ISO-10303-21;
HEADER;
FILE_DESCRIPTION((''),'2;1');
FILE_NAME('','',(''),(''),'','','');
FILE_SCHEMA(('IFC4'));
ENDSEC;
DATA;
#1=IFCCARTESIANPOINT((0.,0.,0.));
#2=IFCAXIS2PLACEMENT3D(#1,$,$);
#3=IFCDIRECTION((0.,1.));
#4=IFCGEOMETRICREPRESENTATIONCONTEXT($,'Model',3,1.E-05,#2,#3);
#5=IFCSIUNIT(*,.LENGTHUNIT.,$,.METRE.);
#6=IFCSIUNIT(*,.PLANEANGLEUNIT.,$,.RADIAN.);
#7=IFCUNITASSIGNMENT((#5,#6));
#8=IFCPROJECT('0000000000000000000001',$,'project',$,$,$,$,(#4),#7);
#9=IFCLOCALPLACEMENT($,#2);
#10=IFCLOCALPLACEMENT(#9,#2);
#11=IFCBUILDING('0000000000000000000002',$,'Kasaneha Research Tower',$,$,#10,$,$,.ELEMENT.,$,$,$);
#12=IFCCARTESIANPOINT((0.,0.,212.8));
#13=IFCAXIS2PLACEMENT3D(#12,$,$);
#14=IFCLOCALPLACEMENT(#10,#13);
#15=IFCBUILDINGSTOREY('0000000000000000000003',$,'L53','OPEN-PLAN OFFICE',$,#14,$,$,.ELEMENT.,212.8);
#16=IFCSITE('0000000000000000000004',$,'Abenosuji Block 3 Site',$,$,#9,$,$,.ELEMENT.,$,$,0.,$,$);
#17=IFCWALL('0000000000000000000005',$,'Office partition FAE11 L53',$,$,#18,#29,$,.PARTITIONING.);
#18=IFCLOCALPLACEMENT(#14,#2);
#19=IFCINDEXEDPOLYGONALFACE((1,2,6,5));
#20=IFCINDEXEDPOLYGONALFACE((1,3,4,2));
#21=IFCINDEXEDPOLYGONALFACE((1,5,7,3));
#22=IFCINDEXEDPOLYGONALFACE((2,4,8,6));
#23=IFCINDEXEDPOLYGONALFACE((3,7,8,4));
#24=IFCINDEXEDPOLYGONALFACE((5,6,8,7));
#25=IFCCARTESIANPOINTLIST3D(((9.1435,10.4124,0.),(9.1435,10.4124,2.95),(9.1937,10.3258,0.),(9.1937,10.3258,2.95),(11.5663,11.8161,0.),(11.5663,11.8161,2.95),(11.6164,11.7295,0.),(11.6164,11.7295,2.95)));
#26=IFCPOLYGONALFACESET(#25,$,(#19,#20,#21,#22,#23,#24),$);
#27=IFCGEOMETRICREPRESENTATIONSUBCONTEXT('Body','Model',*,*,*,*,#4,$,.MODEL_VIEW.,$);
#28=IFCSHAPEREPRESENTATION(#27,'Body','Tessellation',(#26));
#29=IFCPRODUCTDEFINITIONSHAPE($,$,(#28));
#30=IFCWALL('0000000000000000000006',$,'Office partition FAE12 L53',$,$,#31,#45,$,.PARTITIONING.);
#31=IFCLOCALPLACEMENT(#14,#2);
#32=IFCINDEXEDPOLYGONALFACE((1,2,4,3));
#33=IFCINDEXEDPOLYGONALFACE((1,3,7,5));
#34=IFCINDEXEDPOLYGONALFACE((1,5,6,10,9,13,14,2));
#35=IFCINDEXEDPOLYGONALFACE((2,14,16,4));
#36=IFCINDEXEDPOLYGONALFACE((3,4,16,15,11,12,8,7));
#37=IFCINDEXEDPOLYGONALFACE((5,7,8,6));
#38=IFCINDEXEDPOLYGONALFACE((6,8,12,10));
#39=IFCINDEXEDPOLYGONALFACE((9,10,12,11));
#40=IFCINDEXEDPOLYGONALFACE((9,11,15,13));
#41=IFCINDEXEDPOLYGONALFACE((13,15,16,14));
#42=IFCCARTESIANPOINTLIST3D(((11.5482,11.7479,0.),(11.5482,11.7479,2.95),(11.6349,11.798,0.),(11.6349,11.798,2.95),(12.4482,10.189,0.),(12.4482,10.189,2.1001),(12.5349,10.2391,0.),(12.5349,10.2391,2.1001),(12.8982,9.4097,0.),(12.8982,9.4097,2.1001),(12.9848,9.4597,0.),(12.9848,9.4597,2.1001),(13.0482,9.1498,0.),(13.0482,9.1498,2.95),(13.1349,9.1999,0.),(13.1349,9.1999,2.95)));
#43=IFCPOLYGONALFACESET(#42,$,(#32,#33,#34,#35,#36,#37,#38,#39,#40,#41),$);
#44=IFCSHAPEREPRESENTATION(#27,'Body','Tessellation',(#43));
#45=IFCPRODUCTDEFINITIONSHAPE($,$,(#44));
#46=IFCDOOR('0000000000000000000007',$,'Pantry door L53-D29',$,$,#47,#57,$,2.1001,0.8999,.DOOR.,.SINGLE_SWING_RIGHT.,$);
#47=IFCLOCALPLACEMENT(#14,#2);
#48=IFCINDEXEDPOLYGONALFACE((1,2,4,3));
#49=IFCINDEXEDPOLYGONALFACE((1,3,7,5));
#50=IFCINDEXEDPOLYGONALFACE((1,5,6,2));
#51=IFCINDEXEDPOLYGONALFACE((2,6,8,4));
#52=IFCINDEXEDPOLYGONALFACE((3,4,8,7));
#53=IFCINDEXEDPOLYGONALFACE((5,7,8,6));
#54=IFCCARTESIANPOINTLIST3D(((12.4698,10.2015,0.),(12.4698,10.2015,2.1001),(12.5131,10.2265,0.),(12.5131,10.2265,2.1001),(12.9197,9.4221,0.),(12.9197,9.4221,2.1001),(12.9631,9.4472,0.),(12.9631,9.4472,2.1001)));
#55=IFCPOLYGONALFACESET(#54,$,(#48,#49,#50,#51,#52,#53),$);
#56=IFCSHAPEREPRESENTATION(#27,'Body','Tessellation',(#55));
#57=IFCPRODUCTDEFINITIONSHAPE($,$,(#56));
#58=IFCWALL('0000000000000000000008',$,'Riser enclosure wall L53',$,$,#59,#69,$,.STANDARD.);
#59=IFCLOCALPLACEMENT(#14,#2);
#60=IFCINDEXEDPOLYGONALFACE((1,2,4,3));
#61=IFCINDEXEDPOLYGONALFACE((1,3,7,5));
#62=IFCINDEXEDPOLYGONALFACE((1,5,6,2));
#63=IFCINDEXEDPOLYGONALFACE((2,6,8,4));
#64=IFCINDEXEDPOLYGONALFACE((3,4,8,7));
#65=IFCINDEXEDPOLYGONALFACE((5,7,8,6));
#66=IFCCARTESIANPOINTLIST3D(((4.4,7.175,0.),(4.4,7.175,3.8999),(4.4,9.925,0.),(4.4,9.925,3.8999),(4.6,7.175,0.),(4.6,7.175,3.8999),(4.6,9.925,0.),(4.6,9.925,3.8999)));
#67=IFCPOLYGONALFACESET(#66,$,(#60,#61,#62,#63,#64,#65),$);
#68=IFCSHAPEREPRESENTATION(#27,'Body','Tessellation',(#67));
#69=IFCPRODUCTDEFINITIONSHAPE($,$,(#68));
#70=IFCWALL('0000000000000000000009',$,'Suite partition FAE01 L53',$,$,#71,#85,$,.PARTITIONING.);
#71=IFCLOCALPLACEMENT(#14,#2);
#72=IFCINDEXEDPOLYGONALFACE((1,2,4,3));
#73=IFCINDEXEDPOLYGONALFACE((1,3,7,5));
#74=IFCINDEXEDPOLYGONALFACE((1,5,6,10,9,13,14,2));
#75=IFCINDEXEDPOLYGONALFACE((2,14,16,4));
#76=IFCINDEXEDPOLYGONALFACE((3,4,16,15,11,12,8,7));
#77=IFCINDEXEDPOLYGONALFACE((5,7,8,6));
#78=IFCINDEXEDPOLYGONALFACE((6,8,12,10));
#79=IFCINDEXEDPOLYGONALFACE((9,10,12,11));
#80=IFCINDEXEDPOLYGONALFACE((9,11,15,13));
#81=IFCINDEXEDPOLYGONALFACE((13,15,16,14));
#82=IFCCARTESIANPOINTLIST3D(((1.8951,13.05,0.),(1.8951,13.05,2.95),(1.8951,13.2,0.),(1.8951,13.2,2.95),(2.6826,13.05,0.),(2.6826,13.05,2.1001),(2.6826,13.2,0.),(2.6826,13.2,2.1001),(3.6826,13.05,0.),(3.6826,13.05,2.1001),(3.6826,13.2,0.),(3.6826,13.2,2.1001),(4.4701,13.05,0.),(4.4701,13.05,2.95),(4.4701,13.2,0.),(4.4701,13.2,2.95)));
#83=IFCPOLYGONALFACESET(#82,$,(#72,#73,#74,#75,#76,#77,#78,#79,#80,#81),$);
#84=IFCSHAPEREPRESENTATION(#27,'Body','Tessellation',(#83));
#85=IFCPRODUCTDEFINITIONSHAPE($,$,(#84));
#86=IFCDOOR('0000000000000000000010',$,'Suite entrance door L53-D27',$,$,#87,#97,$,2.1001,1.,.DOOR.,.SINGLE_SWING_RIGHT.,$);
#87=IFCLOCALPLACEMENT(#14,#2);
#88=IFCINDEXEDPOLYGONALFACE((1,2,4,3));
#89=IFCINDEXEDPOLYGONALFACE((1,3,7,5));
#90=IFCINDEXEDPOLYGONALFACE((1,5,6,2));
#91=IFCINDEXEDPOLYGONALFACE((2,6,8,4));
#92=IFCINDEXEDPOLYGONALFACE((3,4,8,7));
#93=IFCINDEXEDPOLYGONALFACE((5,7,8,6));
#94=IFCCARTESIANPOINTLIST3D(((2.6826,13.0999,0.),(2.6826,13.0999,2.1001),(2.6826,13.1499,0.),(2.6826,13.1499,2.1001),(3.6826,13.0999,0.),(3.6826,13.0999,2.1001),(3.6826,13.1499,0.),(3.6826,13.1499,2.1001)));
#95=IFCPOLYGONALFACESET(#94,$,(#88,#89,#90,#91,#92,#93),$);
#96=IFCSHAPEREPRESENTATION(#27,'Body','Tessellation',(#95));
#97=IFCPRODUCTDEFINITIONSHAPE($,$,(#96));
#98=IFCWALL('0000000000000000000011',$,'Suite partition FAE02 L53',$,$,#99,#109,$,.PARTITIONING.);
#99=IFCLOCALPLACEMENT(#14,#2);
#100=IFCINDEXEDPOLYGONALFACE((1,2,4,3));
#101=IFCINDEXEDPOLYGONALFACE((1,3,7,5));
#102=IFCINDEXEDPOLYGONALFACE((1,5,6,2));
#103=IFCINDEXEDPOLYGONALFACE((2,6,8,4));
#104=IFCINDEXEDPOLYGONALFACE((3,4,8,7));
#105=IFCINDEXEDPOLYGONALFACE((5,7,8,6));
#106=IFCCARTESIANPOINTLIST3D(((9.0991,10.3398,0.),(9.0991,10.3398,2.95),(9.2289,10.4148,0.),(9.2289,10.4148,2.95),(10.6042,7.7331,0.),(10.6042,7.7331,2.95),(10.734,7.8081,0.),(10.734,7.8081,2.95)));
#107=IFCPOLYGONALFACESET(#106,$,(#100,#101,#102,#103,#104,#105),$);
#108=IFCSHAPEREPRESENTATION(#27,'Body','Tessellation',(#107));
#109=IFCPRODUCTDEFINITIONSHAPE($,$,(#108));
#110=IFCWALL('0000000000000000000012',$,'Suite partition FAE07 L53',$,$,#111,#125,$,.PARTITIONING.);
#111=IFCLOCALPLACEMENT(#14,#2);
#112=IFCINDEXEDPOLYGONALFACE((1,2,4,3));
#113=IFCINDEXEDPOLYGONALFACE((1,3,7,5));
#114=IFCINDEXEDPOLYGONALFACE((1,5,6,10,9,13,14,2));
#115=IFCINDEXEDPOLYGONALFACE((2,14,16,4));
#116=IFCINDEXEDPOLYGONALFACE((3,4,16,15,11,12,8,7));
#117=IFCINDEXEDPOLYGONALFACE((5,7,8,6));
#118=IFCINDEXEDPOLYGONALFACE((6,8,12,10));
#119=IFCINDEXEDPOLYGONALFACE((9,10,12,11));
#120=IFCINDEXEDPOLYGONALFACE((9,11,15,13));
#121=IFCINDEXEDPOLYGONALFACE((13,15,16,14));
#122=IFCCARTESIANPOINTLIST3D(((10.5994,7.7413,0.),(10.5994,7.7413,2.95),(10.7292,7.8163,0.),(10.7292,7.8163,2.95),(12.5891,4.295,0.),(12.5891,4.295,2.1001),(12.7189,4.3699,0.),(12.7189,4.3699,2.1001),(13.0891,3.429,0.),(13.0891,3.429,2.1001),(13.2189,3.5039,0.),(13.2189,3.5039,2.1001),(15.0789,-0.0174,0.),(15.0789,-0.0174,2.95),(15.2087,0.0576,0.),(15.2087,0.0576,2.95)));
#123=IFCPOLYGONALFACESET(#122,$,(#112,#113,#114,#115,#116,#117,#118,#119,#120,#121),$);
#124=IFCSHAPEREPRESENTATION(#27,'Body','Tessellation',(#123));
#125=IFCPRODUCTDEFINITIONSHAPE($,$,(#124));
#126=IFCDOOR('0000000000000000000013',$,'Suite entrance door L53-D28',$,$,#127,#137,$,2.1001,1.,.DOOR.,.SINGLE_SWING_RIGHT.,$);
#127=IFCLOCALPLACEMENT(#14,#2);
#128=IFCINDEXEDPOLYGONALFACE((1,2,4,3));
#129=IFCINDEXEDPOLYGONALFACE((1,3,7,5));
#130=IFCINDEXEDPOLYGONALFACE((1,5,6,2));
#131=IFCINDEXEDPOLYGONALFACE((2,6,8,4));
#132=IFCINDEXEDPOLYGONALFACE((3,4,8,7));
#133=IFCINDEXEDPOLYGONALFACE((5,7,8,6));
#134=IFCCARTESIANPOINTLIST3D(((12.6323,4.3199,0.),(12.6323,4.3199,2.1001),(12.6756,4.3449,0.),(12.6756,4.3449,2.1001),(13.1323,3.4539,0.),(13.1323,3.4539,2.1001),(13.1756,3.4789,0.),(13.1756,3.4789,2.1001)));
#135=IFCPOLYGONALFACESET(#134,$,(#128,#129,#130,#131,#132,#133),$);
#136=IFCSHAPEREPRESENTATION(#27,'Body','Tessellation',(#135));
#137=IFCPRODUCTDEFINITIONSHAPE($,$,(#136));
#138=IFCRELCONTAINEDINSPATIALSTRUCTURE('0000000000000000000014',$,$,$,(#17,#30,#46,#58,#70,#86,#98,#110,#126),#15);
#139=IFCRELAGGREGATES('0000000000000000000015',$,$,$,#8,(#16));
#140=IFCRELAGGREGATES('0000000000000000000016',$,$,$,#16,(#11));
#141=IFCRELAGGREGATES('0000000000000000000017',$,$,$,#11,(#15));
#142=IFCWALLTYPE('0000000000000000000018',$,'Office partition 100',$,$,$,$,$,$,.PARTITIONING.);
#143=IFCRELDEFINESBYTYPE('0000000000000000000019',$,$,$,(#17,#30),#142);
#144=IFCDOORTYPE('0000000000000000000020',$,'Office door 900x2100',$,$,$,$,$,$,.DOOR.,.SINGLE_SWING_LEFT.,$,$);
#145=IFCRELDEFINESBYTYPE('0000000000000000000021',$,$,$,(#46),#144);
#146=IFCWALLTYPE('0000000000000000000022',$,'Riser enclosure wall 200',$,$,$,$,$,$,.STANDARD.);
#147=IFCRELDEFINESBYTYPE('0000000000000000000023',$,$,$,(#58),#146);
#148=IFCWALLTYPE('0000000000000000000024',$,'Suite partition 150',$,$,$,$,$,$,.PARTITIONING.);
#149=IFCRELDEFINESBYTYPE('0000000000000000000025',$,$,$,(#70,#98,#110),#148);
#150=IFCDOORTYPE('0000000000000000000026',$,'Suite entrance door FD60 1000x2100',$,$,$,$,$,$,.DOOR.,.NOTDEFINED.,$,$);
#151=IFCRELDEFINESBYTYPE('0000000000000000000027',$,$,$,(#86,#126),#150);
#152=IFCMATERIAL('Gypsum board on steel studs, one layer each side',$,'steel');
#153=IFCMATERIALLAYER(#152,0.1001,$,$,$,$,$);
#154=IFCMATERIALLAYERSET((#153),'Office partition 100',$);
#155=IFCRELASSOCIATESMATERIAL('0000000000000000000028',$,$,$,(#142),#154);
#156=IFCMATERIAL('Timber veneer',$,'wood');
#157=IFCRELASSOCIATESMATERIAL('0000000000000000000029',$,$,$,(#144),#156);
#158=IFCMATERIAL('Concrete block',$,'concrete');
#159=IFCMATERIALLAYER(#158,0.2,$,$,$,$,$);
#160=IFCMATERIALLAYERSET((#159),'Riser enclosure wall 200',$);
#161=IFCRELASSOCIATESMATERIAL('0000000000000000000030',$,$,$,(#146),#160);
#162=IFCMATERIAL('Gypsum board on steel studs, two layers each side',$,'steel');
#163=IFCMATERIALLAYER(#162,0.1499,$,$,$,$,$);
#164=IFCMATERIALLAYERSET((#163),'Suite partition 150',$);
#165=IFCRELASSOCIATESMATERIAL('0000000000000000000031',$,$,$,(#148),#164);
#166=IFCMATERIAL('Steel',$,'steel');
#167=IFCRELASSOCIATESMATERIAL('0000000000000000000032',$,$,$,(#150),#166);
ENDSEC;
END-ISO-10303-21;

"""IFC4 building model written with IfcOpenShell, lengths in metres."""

from ifc_helpers import new_model, si_unit, direction, frame, frame_2d, origin, place, context, subcontext, project, spatial, rectangle, extrude, material, layer, layer_set, type_object, element, fill, save


model = new_model("IFC4")

# Units and contexts
model_context = context("Model", 3, precision=1e-05, world=origin(), true_north=direction((0.0, 1.0)))
body_context = subcontext(model_context, "Body", "Model", "MODEL_VIEW")
ifc_project = project(units=[si_unit("LENGTHUNIT", "METRE"), si_unit("PLANEANGLEUNIT", "RADIAN")], contexts=[model_context])

# Site, building, storey
site_placement = place(None, origin())
site = spatial("IfcSite", under=ifc_project, at=site_placement, Name="Abenosuji Block 3 Site", CompositionType="ELEMENT", RefElevation=0.0)
building_placement = place(site_placement, origin())
building = spatial("IfcBuilding", under=site, at=building_placement, Name="Kasaneha Research Tower", CompositionType="ELEMENT")
storey_placement = place(building_placement, frame((0.0, 0.0, 212.8)))
storey = spatial("IfcBuildingStorey", under=building, at=storey_placement, Name="L53", Description="OPEN-PLAN OFFICE", CompositionType="ELEMENT", Elevation=212.8)

# Wall
ifc_material_1 = material(Name="Gypsum board on steel studs, one layer each side", Category="steel")
ifc_layer_1 = layer(ifc_material_1, 0.1001)
ifc_layer_set_1 = layer_set([ifc_layer_1], Name="Office partition 100")
wall_type_1 = type_object("IfcWallType", Name="Office partition 100", PredefinedType="PARTITIONING", material=ifc_layer_set_1)
for number, where, z_axis, x_axis, name in (
    (1, (9.1687, 10.3691, 0.0), (0.0, 0.0, 1.0), (0.865255, 0.501332, 0.0), "Office partition FAE11 L53"),
):
    element("IfcWall", number, at=place(storey_placement, frame(where, z_axis=z_axis, x_axis=x_axis)), inside=storey, type_object=wall_type_1, Name=name, PredefinedType="PARTITIONING", context=body_context, shape_type="SweptSolid", body=[
        extrude(rectangle(XDim=2.8, YDim=0.1001, at=frame_2d((1.3999, 0.0))), origin(), (0.0, 0.0, 1.0), 2.95),
    ])

# Wall, opening, door
wall_1_placement = place(storey_placement, frame((11.5916, 11.7729, 0.0), z_axis=(0.0, 0.0, 1.0), x_axis=(0.49999, -0.866031, 0.0)))
wall_1 = element("IfcWall", 2, at=wall_1_placement, inside=storey, type_object=wall_type_1, Name="Office partition FAE12 L53", PredefinedType="PARTITIONING", context=body_context, shape_type="SweptSolid", body=[
    extrude(rectangle(XDim=3.0, YDim=0.1001, at=frame_2d((1.5, 0.0))), origin(), (0.0, 0.0, 1.0), 2.95),
])
opening_1_placement = place(wall_1_placement, frame((1.8, 0.0, 0.0)))
opening_1 = element("IfcOpeningElement", 3, at=opening_1_placement, cuts=wall_1, PredefinedType="OPENING", context=body_context, shape_type="SweptSolid", body=[
    extrude(rectangle(XDim=0.8999, YDim=2.1001, at=frame_2d((0.45, 1.05))), frame((0.0, 0.0601, 0.0), z_axis=(0.0, -1.0, 0.0), x_axis=(1.0, 0.0, 0.0)), (0.0, 0.0, 1.0), 0.1201),
])
ifc_material_2 = material(Name="Timber veneer", Category="wood")
door_type_1 = type_object("IfcDoorType", Name="Office door 900x2100", OperationType="SINGLE_SWING_LEFT", PredefinedType="DOOR", material=ifc_material_2)
door_1_placement = place(opening_1_placement, origin())
door_1 = element("IfcDoor", 4, at=door_1_placement, inside=storey, type_object=door_type_1, Name="Pantry door L53-D29", OperationType="SINGLE_SWING_RIGHT", OverallHeight=2.1001, OverallWidth=0.8999, PredefinedType="DOOR", context=body_context, shape_type="SweptSolid", body=[
    extrude(rectangle(XDim=0.8999, YDim=2.1001, at=frame_2d((0.45, 1.05))), frame((0.0, 0.0249, 0.0), z_axis=(0.0, -1.0, 0.0), x_axis=(1.0, 0.0, 0.0)), (0.0, 0.0, 1.0), 0.05),
])
fill(opening_1, door_1)

# Wall
ifc_material_3 = material(Name="Concrete block", Category="concrete")
ifc_layer_2 = layer(ifc_material_3, 0.2)
ifc_layer_set_2 = layer_set([ifc_layer_2], Name="Riser enclosure wall 200")
wall_type_2 = type_object("IfcWallType", Name="Riser enclosure wall 200", PredefinedType="STANDARD", material=ifc_layer_set_2)
wall_2_placement = place(storey_placement, frame((4.5, 7.175, 0.0), z_axis=(0.0, 0.0, 1.0), x_axis=(0.0, 1.0, 0.0)))
element("IfcWall", 5, at=wall_2_placement, inside=storey, type_object=wall_type_2, Name="Riser enclosure wall L53", PredefinedType="STANDARD", context=body_context, shape_type="SweptSolid", body=[
    extrude(rectangle(XDim=2.75, YDim=0.2, at=frame_2d((1.375, 0.0))), origin(), (0.0, 0.0, 1.0), 3.8999),
])

# Wall, opening, door
ifc_material_4 = material(Name="Gypsum board on steel studs, two layers each side", Category="steel")
ifc_layer_3 = layer(ifc_material_4, 0.1499)
ifc_layer_set_3 = layer_set([ifc_layer_3], Name="Suite partition 150")
wall_type_3 = type_object("IfcWallType", Name="Suite partition 150", PredefinedType="PARTITIONING", material=ifc_layer_set_3)
wall_3_placement = place(storey_placement, frame((1.895, 13.125, 0.0), z_axis=(0.0, 0.0, 1.0), x_axis=(1.0, 0.0, 0.0)))
wall_3 = element("IfcWall", 6, at=wall_3_placement, inside=storey, type_object=wall_type_3, Name="Suite partition FAE01 L53", PredefinedType="PARTITIONING", context=body_context, shape_type="SweptSolid", body=[
    extrude(rectangle(XDim=2.575, YDim=0.1499, at=frame_2d((1.2876, 0.0))), origin(), (0.0, 0.0, 1.0), 2.95),
])
opening_2_placement = place(wall_3_placement, frame((0.7876, 0.0, 0.0)))
opening_2 = element("IfcOpeningElement", 7, at=opening_2_placement, cuts=wall_3, PredefinedType="OPENING", context=body_context, shape_type="SweptSolid", body=[
    extrude(rectangle(XDim=1.0, YDim=2.1001, at=frame_2d((0.5, 1.05))), frame((0.0, 0.085, 0.0), z_axis=(0.0, -1.0, 0.0), x_axis=(1.0, 0.0, 0.0)), (0.0, 0.0, 1.0), 0.1699),
])
ifc_material_5 = material(Name="Steel", Category="steel")
door_type_2 = type_object("IfcDoorType", Name="Suite entrance door FD60 1000x2100", OperationType="NOTDEFINED", PredefinedType="DOOR", material=ifc_material_5)
door_2_placement = place(opening_2_placement, origin())
door_2 = element("IfcDoor", 8, at=door_2_placement, inside=storey, type_object=door_type_2, Name="Suite entrance door L53-D27", OperationType="SINGLE_SWING_RIGHT", OverallHeight=2.1001, OverallWidth=1.0, PredefinedType="DOOR", context=body_context, shape_type="SweptSolid", body=[
    extrude(rectangle(XDim=1.0, YDim=2.1001, at=frame_2d((0.5, 1.05))), frame((0.0, 0.0249, 0.0), z_axis=(0.0, -1.0, 0.0), x_axis=(1.0, 0.0, 0.0)), (0.0, 0.0, 1.0), 0.05),
])
fill(opening_2, door_2)

# Wall
wall_4_placement = place(storey_placement, frame((9.1641, 10.3772, 0.0), z_axis=(0.0, 0.0, 1.0), x_axis=(0.500038, -0.866003, 0.0)))
element("IfcWall", 9, at=wall_4_placement, inside=storey, type_object=wall_type_3, Name="Suite partition FAE02 L53", PredefinedType="PARTITIONING", context=body_context, shape_type="SweptSolid", body=[
    extrude(rectangle(XDim=3.01, YDim=0.1499, at=frame_2d((1.5049, 0.0))), origin(), (0.0, 0.0, 1.0), 2.95),
])

# Wall, opening, door
wall_5_placement = place(storey_placement, frame((10.6643, 7.7788, 0.0), z_axis=(0.0, 0.0, 1.0), x_axis=(0.499996, -0.866028, 0.0)))
wall_5 = element("IfcWall", 10, at=wall_5_placement, inside=storey, type_object=wall_type_3, Name="Suite partition FAE07 L53", PredefinedType="PARTITIONING", context=body_context, shape_type="SweptSolid", body=[
    extrude(rectangle(XDim=8.959, YDim=0.1499, at=frame_2d((4.4795, 0.0))), origin(), (0.0, 0.0, 1.0), 2.95),
])
opening_3_placement = place(wall_5_placement, frame((3.9795, 0.0, 0.0)))
opening_3 = element("IfcOpeningElement", 11, at=opening_3_placement, cuts=wall_5, PredefinedType="OPENING", context=body_context, shape_type="SweptSolid", body=[
    extrude(rectangle(XDim=1.0, YDim=2.1001, at=frame_2d((0.5, 1.05))), frame((0.0, 0.085, 0.0), z_axis=(0.0, -1.0, 0.0), x_axis=(1.0, 0.0, 0.0)), (0.0, 0.0, 1.0), 0.1699),
])
door_3_placement = place(opening_3_placement, origin())
door_3 = element("IfcDoor", 12, at=door_3_placement, inside=storey, type_object=door_type_2, Name="Suite entrance door L53-D28", OperationType="SINGLE_SWING_RIGHT", OverallHeight=2.1001, OverallWidth=1.0, PredefinedType="DOOR", context=body_context, shape_type="SweptSolid", body=[
    extrude(rectangle(XDim=1.0, YDim=2.1001, at=frame_2d((0.5, 1.05))), frame((0.0, 0.0249, 0.0), z_axis=(0.0, -1.0, 0.0), x_axis=(1.0, 0.0, 0.0)), (0.0, 0.0, 1.0), 0.05),
])
fill(opening_3, door_3)

save(model, "model.ifc")
